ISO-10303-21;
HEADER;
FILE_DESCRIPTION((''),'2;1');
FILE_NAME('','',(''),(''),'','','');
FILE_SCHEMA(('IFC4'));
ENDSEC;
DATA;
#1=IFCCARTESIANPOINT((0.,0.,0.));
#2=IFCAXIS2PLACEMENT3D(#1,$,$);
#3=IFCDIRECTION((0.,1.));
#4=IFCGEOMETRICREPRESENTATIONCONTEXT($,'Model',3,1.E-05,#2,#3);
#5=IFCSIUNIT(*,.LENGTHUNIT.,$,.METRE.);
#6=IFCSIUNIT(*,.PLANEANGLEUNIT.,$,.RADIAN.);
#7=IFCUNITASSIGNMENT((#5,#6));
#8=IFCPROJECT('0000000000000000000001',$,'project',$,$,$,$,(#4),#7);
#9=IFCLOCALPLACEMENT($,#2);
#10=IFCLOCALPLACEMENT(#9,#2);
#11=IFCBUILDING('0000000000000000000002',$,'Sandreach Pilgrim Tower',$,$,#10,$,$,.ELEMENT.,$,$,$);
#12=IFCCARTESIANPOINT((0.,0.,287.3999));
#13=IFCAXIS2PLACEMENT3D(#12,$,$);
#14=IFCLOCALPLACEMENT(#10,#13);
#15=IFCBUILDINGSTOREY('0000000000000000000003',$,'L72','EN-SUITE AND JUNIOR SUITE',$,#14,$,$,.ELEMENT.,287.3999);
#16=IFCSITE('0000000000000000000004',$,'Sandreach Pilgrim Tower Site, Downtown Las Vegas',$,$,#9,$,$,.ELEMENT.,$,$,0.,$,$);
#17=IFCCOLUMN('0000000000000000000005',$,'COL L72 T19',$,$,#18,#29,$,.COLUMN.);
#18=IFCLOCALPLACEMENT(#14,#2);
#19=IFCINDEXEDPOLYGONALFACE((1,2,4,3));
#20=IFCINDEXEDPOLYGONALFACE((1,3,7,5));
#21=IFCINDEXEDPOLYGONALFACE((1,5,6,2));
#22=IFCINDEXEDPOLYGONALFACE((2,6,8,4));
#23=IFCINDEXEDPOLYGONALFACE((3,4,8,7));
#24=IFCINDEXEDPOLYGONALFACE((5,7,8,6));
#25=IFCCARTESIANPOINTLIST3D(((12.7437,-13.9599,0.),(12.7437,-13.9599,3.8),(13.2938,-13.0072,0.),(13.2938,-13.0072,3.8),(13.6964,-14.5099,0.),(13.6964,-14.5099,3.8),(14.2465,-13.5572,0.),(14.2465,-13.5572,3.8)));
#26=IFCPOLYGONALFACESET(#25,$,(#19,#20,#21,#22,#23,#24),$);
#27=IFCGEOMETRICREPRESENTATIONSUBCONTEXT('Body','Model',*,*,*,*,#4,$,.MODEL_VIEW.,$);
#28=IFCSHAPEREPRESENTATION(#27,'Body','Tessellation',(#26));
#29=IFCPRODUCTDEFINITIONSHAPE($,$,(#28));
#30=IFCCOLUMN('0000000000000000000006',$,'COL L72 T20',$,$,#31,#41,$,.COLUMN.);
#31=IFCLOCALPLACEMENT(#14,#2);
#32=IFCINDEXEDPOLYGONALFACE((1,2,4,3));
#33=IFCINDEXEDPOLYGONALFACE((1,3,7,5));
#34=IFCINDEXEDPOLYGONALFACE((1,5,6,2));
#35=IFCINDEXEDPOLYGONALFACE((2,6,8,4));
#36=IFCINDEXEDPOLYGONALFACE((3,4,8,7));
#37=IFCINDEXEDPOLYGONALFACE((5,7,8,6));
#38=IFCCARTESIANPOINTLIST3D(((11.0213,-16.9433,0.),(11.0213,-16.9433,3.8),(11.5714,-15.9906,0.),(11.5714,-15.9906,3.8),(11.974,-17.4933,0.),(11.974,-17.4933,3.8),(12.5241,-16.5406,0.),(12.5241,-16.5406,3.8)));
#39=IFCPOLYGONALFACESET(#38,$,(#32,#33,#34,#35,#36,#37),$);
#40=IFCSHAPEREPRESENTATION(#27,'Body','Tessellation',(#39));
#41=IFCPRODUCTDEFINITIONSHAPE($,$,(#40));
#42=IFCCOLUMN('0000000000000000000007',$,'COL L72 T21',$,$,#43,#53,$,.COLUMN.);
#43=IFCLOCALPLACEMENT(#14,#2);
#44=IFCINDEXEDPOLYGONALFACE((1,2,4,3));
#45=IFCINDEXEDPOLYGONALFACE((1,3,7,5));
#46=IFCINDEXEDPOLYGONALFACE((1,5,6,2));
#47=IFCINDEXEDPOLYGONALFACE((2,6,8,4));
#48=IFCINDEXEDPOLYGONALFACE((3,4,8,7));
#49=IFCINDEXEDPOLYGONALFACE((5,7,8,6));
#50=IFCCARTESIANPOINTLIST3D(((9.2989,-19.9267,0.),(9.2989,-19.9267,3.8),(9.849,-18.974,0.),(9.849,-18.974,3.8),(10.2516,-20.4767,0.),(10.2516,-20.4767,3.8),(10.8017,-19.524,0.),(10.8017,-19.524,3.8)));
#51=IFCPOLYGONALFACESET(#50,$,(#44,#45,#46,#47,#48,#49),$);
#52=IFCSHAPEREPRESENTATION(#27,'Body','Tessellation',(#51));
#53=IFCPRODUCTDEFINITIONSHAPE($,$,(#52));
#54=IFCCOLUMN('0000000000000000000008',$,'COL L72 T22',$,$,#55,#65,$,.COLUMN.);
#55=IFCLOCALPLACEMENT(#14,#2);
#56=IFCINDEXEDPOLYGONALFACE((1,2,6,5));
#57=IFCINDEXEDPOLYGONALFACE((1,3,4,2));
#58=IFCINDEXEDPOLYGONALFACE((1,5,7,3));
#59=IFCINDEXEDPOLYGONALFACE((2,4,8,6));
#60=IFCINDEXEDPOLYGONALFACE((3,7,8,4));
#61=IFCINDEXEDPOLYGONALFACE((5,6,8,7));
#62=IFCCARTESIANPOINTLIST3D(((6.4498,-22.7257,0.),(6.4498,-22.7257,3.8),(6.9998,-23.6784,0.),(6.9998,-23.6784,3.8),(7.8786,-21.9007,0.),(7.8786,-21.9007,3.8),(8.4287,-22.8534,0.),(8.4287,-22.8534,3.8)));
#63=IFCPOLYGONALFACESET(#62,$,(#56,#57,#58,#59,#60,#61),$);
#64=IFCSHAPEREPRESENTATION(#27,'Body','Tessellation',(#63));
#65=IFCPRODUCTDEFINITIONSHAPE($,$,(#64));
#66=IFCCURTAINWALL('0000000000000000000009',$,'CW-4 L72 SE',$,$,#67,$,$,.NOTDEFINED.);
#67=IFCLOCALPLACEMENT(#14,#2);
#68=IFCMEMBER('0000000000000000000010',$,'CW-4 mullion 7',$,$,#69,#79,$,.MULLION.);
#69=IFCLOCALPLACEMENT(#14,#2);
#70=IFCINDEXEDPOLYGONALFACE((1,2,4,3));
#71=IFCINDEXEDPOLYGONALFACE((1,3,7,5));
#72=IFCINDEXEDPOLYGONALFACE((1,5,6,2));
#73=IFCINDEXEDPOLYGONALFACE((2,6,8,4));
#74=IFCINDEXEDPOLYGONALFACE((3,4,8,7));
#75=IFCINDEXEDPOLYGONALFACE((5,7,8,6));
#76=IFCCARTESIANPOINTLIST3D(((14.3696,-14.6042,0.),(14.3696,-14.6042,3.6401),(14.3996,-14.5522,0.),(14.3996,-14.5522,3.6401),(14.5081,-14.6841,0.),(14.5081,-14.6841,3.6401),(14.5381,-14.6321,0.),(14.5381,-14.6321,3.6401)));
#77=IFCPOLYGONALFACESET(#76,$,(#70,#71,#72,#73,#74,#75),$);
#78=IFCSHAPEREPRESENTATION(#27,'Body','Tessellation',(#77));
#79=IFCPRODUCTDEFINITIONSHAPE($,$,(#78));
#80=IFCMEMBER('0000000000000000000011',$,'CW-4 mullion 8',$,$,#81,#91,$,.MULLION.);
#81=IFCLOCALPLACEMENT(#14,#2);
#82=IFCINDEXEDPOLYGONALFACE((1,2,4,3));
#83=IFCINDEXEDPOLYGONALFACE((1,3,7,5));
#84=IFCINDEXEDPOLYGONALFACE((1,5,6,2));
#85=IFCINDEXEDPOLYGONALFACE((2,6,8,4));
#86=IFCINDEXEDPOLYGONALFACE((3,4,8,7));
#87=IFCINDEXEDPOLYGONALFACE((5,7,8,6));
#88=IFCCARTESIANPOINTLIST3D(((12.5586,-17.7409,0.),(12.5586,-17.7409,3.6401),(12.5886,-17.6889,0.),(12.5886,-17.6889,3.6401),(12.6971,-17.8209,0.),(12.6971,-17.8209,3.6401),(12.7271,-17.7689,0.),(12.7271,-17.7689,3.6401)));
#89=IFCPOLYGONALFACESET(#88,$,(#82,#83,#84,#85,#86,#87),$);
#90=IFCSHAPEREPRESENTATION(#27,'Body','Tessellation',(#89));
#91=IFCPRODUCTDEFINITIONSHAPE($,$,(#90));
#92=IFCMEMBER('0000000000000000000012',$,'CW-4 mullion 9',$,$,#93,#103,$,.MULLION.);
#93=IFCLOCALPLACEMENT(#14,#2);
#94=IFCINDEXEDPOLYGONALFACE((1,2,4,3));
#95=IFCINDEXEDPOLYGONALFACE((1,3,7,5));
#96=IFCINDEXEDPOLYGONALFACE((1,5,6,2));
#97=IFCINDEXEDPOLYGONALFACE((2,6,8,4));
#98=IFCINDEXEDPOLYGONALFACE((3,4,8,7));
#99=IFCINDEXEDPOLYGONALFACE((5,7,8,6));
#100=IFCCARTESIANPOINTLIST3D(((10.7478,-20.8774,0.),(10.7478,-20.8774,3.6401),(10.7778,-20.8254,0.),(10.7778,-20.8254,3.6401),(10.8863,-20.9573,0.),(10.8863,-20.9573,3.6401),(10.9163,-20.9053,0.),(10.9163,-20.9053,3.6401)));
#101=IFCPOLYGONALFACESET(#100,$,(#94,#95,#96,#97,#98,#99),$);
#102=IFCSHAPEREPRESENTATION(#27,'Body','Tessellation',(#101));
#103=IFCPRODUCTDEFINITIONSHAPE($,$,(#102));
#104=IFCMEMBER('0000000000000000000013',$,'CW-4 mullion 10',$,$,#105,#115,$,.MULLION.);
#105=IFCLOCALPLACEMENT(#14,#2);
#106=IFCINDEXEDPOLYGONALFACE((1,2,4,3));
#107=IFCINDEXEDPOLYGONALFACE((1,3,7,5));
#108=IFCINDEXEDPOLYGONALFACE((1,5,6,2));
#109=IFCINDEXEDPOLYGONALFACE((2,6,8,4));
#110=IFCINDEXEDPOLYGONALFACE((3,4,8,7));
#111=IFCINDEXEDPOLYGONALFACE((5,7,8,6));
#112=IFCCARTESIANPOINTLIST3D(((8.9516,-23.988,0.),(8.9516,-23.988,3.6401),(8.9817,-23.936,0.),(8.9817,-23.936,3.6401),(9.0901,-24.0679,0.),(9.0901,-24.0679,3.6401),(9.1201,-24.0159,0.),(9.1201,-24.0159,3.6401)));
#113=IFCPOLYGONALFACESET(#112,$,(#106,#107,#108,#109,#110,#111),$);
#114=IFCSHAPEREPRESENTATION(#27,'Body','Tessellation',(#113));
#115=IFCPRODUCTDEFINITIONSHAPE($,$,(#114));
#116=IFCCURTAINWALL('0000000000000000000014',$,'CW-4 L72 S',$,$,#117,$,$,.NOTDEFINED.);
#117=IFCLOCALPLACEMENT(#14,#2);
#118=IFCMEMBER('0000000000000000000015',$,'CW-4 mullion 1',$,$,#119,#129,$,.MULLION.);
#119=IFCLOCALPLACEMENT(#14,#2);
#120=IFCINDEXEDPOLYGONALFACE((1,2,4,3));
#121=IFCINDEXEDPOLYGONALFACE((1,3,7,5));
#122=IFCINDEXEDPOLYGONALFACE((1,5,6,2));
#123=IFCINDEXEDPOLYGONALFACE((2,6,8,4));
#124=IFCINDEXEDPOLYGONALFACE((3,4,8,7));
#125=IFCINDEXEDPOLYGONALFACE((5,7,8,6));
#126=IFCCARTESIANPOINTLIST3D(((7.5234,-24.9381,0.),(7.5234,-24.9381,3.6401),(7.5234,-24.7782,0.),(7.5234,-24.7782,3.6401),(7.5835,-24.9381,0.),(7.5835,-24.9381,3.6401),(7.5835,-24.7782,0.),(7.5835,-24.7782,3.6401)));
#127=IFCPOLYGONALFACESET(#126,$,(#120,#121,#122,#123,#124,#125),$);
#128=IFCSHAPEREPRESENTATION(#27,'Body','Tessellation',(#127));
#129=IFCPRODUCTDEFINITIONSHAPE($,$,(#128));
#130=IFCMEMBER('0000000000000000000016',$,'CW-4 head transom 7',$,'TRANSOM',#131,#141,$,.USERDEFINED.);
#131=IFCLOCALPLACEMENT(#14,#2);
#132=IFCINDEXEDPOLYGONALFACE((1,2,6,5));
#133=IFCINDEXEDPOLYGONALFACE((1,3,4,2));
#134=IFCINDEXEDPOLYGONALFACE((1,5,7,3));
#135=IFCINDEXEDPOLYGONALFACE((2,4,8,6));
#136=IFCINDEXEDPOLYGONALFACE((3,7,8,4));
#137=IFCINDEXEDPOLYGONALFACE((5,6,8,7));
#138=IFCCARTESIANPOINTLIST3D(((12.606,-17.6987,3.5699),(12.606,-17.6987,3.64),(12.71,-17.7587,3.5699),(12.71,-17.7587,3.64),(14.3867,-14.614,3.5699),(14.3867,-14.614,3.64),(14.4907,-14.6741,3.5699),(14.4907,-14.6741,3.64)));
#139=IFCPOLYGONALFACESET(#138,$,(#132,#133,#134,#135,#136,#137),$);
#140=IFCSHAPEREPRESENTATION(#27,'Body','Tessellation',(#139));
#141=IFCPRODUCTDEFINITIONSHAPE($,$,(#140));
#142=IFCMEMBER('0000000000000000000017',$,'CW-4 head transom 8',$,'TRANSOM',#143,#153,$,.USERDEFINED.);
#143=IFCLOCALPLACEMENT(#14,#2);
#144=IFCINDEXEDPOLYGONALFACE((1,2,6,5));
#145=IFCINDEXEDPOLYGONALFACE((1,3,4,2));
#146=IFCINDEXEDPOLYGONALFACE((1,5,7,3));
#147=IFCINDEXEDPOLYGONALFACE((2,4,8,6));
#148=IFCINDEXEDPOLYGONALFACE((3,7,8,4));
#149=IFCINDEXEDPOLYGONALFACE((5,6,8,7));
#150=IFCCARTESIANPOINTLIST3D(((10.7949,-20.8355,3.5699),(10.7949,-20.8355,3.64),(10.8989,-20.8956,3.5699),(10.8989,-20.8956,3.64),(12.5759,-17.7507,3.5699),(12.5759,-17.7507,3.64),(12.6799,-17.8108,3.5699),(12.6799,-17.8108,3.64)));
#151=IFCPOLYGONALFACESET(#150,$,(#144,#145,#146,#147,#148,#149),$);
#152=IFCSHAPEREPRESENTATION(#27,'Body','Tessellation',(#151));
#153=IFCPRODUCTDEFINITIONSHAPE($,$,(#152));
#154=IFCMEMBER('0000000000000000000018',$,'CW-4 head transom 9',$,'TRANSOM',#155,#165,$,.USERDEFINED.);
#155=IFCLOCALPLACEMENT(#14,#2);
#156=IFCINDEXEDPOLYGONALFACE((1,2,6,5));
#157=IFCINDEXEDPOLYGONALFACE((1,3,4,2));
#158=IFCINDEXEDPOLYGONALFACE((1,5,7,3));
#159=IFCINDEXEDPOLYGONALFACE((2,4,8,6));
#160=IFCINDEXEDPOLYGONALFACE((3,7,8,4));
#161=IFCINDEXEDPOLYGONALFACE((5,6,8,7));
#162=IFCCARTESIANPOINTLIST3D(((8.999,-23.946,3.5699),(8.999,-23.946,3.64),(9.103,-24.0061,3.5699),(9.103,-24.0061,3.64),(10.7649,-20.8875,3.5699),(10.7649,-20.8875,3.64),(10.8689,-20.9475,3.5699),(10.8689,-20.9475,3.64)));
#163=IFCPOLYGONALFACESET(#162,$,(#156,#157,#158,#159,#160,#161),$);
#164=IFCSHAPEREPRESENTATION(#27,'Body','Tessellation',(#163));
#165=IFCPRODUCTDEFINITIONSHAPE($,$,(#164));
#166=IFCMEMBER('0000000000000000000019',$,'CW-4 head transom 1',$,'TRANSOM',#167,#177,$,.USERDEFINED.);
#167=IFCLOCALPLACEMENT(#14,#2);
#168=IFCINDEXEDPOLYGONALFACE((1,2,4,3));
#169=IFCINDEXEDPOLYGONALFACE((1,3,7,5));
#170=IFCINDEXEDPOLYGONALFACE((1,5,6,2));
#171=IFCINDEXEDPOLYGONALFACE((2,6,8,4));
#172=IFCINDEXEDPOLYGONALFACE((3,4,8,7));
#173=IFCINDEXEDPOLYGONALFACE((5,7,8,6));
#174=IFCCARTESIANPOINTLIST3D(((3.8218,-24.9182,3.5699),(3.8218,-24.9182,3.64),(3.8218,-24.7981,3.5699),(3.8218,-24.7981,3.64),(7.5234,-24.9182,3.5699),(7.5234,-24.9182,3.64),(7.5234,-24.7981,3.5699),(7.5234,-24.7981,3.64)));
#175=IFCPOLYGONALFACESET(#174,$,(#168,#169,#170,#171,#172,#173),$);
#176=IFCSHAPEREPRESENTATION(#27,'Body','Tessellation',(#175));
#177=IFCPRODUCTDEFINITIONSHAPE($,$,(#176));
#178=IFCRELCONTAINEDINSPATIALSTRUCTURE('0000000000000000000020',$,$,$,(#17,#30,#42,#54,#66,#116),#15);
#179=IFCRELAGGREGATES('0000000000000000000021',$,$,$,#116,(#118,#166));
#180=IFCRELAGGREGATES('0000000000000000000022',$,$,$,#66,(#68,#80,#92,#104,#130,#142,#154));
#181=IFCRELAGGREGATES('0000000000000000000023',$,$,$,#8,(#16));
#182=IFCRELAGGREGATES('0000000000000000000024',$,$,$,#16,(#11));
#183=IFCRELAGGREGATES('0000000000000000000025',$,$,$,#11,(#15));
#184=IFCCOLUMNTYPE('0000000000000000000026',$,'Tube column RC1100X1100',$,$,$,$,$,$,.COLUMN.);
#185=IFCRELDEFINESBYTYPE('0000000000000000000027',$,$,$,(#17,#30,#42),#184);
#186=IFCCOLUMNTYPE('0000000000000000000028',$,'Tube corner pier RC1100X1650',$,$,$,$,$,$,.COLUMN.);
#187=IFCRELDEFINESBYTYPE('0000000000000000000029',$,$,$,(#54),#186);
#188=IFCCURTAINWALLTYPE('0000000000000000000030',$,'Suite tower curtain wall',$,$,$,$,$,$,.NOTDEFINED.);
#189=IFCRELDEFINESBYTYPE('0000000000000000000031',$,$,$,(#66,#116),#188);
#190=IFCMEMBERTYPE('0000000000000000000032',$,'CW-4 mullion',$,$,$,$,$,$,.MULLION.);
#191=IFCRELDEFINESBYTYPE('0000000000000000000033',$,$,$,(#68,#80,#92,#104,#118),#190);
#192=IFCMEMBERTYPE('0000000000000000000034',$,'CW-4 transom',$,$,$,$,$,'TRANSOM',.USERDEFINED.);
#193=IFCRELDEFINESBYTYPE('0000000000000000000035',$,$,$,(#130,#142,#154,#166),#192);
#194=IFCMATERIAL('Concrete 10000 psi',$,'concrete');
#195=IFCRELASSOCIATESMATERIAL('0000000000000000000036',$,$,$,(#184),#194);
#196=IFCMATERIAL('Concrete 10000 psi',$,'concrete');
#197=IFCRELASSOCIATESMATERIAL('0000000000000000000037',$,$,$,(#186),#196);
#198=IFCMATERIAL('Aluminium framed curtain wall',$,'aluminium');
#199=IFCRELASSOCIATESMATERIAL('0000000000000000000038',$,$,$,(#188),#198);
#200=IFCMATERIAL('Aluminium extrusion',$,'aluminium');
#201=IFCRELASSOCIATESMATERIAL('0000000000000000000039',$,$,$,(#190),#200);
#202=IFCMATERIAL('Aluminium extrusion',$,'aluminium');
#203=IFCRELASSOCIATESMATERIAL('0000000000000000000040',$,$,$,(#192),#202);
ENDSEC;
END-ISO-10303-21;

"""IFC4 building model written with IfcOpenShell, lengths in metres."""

from ifc_helpers import new_model, si_unit, direction, frame, origin, origin_2d, place, context, subcontext, project, spatial, rectangle, extrude, material, material_profile, profile_set, type_object, element, aggregate, save


model = new_model("IFC4")

# Units and contexts
model_context = context("Model", 3, precision=1e-05, world=origin(), true_north=direction((0.0, 1.0)))
body_context = subcontext(model_context, "Body", "Model", "MODEL_VIEW")
ifc_project = project(units=[si_unit("LENGTHUNIT", "METRE"), si_unit("PLANEANGLEUNIT", "RADIAN")], contexts=[model_context])

# Site, building, storey
site_placement = place(None, origin())
site = spatial("IfcSite", under=ifc_project, at=site_placement, Name="Sandreach Pilgrim Tower Site, Downtown Las Vegas", CompositionType="ELEMENT", RefElevation=0.0)
building_placement = place(site_placement, origin())
building = spatial("IfcBuilding", under=site, at=building_placement, Name="Sandreach Pilgrim Tower", CompositionType="ELEMENT")
storey_placement = place(building_placement, frame((0.0, 0.0, 287.3999)))
storey = spatial("IfcBuildingStorey", under=building, at=storey_placement, Name="L72", Description="EN-SUITE AND JUNIOR SUITE", CompositionType="ELEMENT", Elevation=287.3999)

# Columns
ifc_material_1 = material(Name="Concrete 10000 psi", Category="concrete")
ifc_material_profile_1 = material_profile(ifc_material_1, rectangle(XDim=1.1001, YDim=1.1001, at=origin_2d()), Name="RC1100X1100")
ifc_profile_set_1 = profile_set([ifc_material_profile_1], Name="Concrete 10000 psi")
column_type_1 = type_object("IfcColumnType", Name="Tube column RC1100X1100", PredefinedType="COLUMN", material=ifc_profile_set_1)
for number, where, z_axis, x_axis, name in (
    (1, (13.4951, -13.7585, 0.0), (0.0, 0.0, 1.0), (0.866025, -0.5, 0.0), "COL L72 T19"),
    (2, (11.7727, -16.7419, 0.0), (0.0, 0.0, 1.0), (0.866025, -0.5, 0.0), "COL L72 T20"),
    (3, (10.0503, -19.7253, 0.0), (0.0, 0.0, 1.0), (0.866025, -0.5, 0.0), "COL L72 T21"),
):
    element("IfcColumn", number, at=place(storey_placement, frame(where, z_axis=z_axis, x_axis=x_axis)), inside=storey, type_object=column_type_1, Name=name, PredefinedType="COLUMN", context=body_context, shape_type="SweptSolid", body=[
        extrude(rectangle(XDim=1.1001, YDim=1.1001, at=origin_2d()), origin(), (0.0, 0.0, 1.0), 3.8),
    ])
ifc_material_2 = material(Name="Concrete 10000 psi", Category="concrete")
ifc_material_profile_2 = material_profile(ifc_material_2, rectangle(XDim=1.1001, YDim=1.6499, at=origin_2d()), Name="RC1100X1650")
ifc_profile_set_2 = profile_set([ifc_material_profile_2], Name="Concrete 10000 psi")
column_type_2 = type_object("IfcColumnType", Name="Tube corner pier RC1100X1650", PredefinedType="COLUMN", material=ifc_profile_set_2)
column_placement = place(storey_placement, frame((7.4392, -22.7896, 0.0), z_axis=(0.0, 0.0, 1.0), x_axis=(0.5, -0.866025, 0.0)))
element("IfcColumn", 4, at=column_placement, inside=storey, type_object=column_type_2, Name="COL L72 T22", PredefinedType="COLUMN", context=body_context, shape_type="SweptSolid", body=[
    extrude(rectangle(XDim=1.1001, YDim=1.6499, at=origin_2d()), origin(), (0.0, 0.0, 1.0), 3.8),
])

# Curtain wall, members
ifc_material_3 = material(Name="Aluminium framed curtain wall", Category="aluminium")
curtain_wall_type = type_object("IfcCurtainWallType", Name="Suite tower curtain wall", PredefinedType="NOTDEFINED", material=ifc_material_3)
curtain_wall_1_placement = place(storey_placement, origin())
curtain_wall_1 = element("IfcCurtainWall", 5, at=curtain_wall_1_placement, inside=storey, type_object=curtain_wall_type, Name="CW-4 L72 SE", PredefinedType="NOTDEFINED")
ifc_material_4 = material(Name="Aluminium extrusion", Category="aluminium")
ifc_material_profile_3 = material_profile(ifc_material_4, rectangle(XDim=0.0601, YDim=0.1599, at=origin_2d()), Name="CW-4M 60X160")
ifc_profile_set_3 = profile_set([ifc_material_profile_3], Name="Aluminium extrusion")
member_type_1 = type_object("IfcMemberType", Name="CW-4 mullion", PredefinedType="MULLION", material=ifc_profile_set_3)
member_1_placement = place(storey_placement, frame((14.4539, -14.6182, 0.0), z_axis=(0.0, 0.0, 1.0), x_axis=(-0.5, -0.866025, 0.0)))
member_1 = element("IfcMember", 6, at=member_1_placement, type_object=member_type_1, Name="CW-4 mullion 7", PredefinedType="MULLION", context=body_context, shape_type="SweptSolid", body=[
    extrude(rectangle(XDim=0.0601, YDim=0.1599, at=origin_2d()), origin(), (0.0, 0.0, 1.0), 3.6401),
])
member_2_placement = place(storey_placement, frame((12.6428, -17.7549, 0.0), z_axis=(0.0, 0.0, 1.0), x_axis=(-0.5, -0.866025, 0.0)))
member_2 = element("IfcMember", 7, at=member_2_placement, type_object=member_type_1, Name="CW-4 mullion 8", PredefinedType="MULLION", context=body_context, shape_type="SweptSolid", body=[
    extrude(rectangle(XDim=0.0601, YDim=0.1599, at=origin_2d()), origin(), (0.0, 0.0, 1.0), 3.6401),
])
member_3_placement = place(storey_placement, frame((10.832, -20.8914, 0.0), z_axis=(0.0, 0.0, 1.0), x_axis=(-0.5, -0.866025, 0.0)))
member_3 = element("IfcMember", 8, at=member_3_placement, type_object=member_type_1, Name="CW-4 mullion 9", PredefinedType="MULLION", context=body_context, shape_type="SweptSolid", body=[
    extrude(rectangle(XDim=0.0601, YDim=0.1599, at=origin_2d()), origin(), (0.0, 0.0, 1.0), 3.6401),
])
member_4_placement = place(storey_placement, frame((9.0359, -24.002, 0.0), z_axis=(0.0, 0.0, 1.0), x_axis=(-0.5, -0.866025, 0.0)))
member_4 = element("IfcMember", 9, at=member_4_placement, type_object=member_type_1, Name="CW-4 mullion 10", PredefinedType="MULLION", context=body_context, shape_type="SweptSolid", body=[
    extrude(rectangle(XDim=0.0601, YDim=0.1599, at=origin_2d()), origin(), (0.0, 0.0, 1.0), 3.6401),
])

# Curtain wall, member
curtain_wall_2_placement = place(storey_placement, origin())
curtain_wall_2 = element("IfcCurtainWall", 10, at=curtain_wall_2_placement, inside=storey, type_object=curtain_wall_type, Name="CW-4 L72 S", PredefinedType="NOTDEFINED")
member_5_placement = place(storey_placement, frame((7.5535, -24.8582, 0.0), z_axis=(0.0, 0.0, 1.0), x_axis=(-1.0, 0.0, 0.0)))
member_5 = element("IfcMember", 11, at=member_5_placement, type_object=member_type_1, Name="CW-4 mullion 1", PredefinedType="MULLION", context=body_context, shape_type="SweptSolid", body=[
    extrude(rectangle(XDim=0.0601, YDim=0.1599, at=origin_2d()), origin(), (0.0, 0.0, 1.0), 3.6401),
])

# Members
ifc_material_5 = material(Name="Aluminium extrusion", Category="aluminium")
ifc_material_profile_4 = material_profile(ifc_material_5, rectangle(XDim=0.1201, YDim=0.0701, at=origin_2d()), Name="CW-4T 120X70")
ifc_profile_set_4 = profile_set([ifc_material_profile_4], Name="Aluminium extrusion")
member_type_2 = type_object("IfcMemberType", Name="CW-4 transom", ElementType="TRANSOM", PredefinedType="USERDEFINED", material=ifc_profile_set_4)
member_6_placement = place(storey_placement, frame((14.4387, -14.644, 3.605), z_axis=(-0.499958, -0.86605, 0.0), x_axis=(0.86605, -0.499958, 0.0)))
member_6 = element("IfcMember", 12, at=member_6_placement, type_object=member_type_2, Name="CW-4 head transom 7", ObjectType="TRANSOM", PredefinedType="USERDEFINED", context=body_context, shape_type="SweptSolid", body=[
    extrude(rectangle(XDim=0.1201, YDim=0.0701, at=origin_2d()), origin(), (0.0, 0.0, 1.0), 3.5618),
])
member_7_placement = place(storey_placement, frame((12.6279, -17.7808, 3.605), z_axis=(-0.500009, -0.86602, 0.0), x_axis=(0.86602, -0.500009, 0.0)))
member_7 = element("IfcMember", 13, at=member_7_placement, type_object=member_type_2, Name="CW-4 head transom 8", ObjectType="TRANSOM", PredefinedType="USERDEFINED", context=body_context, shape_type="SweptSolid", body=[
    extrude(rectangle(XDim=0.1201, YDim=0.0701, at=origin_2d()), origin(), (0.0, 0.0, 1.0), 3.562),
])
member_8_placement = place(storey_placement, frame((10.8169, -20.9175, 3.605), z_axis=(-0.499998, -0.866027, 0.0), x_axis=(0.866027, -0.499998, 0.0)))
member_8 = element("IfcMember", 14, at=member_8_placement, type_object=member_type_2, Name="CW-4 head transom 9", ObjectType="TRANSOM", PredefinedType="USERDEFINED", context=body_context, shape_type="SweptSolid", body=[
    extrude(rectangle(XDim=0.1201, YDim=0.0701, at=origin_2d()), origin(), (0.0, 0.0, 1.0), 3.5317),
])
member_9_placement = place(storey_placement, frame((7.5234, -24.8582, 3.605), z_axis=(-1.0, 0.0, 0.0), x_axis=(0.0, -1.0, 0.0)))
member_9 = element("IfcMember", 15, at=member_9_placement, type_object=member_type_2, Name="CW-4 head transom 1", ObjectType="TRANSOM", PredefinedType="USERDEFINED", context=body_context, shape_type="SweptSolid", body=[
    extrude(rectangle(XDim=0.1201, YDim=0.0701, at=origin_2d()), origin(), (0.0, 0.0, 1.0), 3.7017),
])
aggregate(curtain_wall_2, [member_5, member_9])

aggregate(curtain_wall_1, [member_1, member_2, member_3, member_4, member_6, member_7, member_8])

save(model, "model.ifc")
